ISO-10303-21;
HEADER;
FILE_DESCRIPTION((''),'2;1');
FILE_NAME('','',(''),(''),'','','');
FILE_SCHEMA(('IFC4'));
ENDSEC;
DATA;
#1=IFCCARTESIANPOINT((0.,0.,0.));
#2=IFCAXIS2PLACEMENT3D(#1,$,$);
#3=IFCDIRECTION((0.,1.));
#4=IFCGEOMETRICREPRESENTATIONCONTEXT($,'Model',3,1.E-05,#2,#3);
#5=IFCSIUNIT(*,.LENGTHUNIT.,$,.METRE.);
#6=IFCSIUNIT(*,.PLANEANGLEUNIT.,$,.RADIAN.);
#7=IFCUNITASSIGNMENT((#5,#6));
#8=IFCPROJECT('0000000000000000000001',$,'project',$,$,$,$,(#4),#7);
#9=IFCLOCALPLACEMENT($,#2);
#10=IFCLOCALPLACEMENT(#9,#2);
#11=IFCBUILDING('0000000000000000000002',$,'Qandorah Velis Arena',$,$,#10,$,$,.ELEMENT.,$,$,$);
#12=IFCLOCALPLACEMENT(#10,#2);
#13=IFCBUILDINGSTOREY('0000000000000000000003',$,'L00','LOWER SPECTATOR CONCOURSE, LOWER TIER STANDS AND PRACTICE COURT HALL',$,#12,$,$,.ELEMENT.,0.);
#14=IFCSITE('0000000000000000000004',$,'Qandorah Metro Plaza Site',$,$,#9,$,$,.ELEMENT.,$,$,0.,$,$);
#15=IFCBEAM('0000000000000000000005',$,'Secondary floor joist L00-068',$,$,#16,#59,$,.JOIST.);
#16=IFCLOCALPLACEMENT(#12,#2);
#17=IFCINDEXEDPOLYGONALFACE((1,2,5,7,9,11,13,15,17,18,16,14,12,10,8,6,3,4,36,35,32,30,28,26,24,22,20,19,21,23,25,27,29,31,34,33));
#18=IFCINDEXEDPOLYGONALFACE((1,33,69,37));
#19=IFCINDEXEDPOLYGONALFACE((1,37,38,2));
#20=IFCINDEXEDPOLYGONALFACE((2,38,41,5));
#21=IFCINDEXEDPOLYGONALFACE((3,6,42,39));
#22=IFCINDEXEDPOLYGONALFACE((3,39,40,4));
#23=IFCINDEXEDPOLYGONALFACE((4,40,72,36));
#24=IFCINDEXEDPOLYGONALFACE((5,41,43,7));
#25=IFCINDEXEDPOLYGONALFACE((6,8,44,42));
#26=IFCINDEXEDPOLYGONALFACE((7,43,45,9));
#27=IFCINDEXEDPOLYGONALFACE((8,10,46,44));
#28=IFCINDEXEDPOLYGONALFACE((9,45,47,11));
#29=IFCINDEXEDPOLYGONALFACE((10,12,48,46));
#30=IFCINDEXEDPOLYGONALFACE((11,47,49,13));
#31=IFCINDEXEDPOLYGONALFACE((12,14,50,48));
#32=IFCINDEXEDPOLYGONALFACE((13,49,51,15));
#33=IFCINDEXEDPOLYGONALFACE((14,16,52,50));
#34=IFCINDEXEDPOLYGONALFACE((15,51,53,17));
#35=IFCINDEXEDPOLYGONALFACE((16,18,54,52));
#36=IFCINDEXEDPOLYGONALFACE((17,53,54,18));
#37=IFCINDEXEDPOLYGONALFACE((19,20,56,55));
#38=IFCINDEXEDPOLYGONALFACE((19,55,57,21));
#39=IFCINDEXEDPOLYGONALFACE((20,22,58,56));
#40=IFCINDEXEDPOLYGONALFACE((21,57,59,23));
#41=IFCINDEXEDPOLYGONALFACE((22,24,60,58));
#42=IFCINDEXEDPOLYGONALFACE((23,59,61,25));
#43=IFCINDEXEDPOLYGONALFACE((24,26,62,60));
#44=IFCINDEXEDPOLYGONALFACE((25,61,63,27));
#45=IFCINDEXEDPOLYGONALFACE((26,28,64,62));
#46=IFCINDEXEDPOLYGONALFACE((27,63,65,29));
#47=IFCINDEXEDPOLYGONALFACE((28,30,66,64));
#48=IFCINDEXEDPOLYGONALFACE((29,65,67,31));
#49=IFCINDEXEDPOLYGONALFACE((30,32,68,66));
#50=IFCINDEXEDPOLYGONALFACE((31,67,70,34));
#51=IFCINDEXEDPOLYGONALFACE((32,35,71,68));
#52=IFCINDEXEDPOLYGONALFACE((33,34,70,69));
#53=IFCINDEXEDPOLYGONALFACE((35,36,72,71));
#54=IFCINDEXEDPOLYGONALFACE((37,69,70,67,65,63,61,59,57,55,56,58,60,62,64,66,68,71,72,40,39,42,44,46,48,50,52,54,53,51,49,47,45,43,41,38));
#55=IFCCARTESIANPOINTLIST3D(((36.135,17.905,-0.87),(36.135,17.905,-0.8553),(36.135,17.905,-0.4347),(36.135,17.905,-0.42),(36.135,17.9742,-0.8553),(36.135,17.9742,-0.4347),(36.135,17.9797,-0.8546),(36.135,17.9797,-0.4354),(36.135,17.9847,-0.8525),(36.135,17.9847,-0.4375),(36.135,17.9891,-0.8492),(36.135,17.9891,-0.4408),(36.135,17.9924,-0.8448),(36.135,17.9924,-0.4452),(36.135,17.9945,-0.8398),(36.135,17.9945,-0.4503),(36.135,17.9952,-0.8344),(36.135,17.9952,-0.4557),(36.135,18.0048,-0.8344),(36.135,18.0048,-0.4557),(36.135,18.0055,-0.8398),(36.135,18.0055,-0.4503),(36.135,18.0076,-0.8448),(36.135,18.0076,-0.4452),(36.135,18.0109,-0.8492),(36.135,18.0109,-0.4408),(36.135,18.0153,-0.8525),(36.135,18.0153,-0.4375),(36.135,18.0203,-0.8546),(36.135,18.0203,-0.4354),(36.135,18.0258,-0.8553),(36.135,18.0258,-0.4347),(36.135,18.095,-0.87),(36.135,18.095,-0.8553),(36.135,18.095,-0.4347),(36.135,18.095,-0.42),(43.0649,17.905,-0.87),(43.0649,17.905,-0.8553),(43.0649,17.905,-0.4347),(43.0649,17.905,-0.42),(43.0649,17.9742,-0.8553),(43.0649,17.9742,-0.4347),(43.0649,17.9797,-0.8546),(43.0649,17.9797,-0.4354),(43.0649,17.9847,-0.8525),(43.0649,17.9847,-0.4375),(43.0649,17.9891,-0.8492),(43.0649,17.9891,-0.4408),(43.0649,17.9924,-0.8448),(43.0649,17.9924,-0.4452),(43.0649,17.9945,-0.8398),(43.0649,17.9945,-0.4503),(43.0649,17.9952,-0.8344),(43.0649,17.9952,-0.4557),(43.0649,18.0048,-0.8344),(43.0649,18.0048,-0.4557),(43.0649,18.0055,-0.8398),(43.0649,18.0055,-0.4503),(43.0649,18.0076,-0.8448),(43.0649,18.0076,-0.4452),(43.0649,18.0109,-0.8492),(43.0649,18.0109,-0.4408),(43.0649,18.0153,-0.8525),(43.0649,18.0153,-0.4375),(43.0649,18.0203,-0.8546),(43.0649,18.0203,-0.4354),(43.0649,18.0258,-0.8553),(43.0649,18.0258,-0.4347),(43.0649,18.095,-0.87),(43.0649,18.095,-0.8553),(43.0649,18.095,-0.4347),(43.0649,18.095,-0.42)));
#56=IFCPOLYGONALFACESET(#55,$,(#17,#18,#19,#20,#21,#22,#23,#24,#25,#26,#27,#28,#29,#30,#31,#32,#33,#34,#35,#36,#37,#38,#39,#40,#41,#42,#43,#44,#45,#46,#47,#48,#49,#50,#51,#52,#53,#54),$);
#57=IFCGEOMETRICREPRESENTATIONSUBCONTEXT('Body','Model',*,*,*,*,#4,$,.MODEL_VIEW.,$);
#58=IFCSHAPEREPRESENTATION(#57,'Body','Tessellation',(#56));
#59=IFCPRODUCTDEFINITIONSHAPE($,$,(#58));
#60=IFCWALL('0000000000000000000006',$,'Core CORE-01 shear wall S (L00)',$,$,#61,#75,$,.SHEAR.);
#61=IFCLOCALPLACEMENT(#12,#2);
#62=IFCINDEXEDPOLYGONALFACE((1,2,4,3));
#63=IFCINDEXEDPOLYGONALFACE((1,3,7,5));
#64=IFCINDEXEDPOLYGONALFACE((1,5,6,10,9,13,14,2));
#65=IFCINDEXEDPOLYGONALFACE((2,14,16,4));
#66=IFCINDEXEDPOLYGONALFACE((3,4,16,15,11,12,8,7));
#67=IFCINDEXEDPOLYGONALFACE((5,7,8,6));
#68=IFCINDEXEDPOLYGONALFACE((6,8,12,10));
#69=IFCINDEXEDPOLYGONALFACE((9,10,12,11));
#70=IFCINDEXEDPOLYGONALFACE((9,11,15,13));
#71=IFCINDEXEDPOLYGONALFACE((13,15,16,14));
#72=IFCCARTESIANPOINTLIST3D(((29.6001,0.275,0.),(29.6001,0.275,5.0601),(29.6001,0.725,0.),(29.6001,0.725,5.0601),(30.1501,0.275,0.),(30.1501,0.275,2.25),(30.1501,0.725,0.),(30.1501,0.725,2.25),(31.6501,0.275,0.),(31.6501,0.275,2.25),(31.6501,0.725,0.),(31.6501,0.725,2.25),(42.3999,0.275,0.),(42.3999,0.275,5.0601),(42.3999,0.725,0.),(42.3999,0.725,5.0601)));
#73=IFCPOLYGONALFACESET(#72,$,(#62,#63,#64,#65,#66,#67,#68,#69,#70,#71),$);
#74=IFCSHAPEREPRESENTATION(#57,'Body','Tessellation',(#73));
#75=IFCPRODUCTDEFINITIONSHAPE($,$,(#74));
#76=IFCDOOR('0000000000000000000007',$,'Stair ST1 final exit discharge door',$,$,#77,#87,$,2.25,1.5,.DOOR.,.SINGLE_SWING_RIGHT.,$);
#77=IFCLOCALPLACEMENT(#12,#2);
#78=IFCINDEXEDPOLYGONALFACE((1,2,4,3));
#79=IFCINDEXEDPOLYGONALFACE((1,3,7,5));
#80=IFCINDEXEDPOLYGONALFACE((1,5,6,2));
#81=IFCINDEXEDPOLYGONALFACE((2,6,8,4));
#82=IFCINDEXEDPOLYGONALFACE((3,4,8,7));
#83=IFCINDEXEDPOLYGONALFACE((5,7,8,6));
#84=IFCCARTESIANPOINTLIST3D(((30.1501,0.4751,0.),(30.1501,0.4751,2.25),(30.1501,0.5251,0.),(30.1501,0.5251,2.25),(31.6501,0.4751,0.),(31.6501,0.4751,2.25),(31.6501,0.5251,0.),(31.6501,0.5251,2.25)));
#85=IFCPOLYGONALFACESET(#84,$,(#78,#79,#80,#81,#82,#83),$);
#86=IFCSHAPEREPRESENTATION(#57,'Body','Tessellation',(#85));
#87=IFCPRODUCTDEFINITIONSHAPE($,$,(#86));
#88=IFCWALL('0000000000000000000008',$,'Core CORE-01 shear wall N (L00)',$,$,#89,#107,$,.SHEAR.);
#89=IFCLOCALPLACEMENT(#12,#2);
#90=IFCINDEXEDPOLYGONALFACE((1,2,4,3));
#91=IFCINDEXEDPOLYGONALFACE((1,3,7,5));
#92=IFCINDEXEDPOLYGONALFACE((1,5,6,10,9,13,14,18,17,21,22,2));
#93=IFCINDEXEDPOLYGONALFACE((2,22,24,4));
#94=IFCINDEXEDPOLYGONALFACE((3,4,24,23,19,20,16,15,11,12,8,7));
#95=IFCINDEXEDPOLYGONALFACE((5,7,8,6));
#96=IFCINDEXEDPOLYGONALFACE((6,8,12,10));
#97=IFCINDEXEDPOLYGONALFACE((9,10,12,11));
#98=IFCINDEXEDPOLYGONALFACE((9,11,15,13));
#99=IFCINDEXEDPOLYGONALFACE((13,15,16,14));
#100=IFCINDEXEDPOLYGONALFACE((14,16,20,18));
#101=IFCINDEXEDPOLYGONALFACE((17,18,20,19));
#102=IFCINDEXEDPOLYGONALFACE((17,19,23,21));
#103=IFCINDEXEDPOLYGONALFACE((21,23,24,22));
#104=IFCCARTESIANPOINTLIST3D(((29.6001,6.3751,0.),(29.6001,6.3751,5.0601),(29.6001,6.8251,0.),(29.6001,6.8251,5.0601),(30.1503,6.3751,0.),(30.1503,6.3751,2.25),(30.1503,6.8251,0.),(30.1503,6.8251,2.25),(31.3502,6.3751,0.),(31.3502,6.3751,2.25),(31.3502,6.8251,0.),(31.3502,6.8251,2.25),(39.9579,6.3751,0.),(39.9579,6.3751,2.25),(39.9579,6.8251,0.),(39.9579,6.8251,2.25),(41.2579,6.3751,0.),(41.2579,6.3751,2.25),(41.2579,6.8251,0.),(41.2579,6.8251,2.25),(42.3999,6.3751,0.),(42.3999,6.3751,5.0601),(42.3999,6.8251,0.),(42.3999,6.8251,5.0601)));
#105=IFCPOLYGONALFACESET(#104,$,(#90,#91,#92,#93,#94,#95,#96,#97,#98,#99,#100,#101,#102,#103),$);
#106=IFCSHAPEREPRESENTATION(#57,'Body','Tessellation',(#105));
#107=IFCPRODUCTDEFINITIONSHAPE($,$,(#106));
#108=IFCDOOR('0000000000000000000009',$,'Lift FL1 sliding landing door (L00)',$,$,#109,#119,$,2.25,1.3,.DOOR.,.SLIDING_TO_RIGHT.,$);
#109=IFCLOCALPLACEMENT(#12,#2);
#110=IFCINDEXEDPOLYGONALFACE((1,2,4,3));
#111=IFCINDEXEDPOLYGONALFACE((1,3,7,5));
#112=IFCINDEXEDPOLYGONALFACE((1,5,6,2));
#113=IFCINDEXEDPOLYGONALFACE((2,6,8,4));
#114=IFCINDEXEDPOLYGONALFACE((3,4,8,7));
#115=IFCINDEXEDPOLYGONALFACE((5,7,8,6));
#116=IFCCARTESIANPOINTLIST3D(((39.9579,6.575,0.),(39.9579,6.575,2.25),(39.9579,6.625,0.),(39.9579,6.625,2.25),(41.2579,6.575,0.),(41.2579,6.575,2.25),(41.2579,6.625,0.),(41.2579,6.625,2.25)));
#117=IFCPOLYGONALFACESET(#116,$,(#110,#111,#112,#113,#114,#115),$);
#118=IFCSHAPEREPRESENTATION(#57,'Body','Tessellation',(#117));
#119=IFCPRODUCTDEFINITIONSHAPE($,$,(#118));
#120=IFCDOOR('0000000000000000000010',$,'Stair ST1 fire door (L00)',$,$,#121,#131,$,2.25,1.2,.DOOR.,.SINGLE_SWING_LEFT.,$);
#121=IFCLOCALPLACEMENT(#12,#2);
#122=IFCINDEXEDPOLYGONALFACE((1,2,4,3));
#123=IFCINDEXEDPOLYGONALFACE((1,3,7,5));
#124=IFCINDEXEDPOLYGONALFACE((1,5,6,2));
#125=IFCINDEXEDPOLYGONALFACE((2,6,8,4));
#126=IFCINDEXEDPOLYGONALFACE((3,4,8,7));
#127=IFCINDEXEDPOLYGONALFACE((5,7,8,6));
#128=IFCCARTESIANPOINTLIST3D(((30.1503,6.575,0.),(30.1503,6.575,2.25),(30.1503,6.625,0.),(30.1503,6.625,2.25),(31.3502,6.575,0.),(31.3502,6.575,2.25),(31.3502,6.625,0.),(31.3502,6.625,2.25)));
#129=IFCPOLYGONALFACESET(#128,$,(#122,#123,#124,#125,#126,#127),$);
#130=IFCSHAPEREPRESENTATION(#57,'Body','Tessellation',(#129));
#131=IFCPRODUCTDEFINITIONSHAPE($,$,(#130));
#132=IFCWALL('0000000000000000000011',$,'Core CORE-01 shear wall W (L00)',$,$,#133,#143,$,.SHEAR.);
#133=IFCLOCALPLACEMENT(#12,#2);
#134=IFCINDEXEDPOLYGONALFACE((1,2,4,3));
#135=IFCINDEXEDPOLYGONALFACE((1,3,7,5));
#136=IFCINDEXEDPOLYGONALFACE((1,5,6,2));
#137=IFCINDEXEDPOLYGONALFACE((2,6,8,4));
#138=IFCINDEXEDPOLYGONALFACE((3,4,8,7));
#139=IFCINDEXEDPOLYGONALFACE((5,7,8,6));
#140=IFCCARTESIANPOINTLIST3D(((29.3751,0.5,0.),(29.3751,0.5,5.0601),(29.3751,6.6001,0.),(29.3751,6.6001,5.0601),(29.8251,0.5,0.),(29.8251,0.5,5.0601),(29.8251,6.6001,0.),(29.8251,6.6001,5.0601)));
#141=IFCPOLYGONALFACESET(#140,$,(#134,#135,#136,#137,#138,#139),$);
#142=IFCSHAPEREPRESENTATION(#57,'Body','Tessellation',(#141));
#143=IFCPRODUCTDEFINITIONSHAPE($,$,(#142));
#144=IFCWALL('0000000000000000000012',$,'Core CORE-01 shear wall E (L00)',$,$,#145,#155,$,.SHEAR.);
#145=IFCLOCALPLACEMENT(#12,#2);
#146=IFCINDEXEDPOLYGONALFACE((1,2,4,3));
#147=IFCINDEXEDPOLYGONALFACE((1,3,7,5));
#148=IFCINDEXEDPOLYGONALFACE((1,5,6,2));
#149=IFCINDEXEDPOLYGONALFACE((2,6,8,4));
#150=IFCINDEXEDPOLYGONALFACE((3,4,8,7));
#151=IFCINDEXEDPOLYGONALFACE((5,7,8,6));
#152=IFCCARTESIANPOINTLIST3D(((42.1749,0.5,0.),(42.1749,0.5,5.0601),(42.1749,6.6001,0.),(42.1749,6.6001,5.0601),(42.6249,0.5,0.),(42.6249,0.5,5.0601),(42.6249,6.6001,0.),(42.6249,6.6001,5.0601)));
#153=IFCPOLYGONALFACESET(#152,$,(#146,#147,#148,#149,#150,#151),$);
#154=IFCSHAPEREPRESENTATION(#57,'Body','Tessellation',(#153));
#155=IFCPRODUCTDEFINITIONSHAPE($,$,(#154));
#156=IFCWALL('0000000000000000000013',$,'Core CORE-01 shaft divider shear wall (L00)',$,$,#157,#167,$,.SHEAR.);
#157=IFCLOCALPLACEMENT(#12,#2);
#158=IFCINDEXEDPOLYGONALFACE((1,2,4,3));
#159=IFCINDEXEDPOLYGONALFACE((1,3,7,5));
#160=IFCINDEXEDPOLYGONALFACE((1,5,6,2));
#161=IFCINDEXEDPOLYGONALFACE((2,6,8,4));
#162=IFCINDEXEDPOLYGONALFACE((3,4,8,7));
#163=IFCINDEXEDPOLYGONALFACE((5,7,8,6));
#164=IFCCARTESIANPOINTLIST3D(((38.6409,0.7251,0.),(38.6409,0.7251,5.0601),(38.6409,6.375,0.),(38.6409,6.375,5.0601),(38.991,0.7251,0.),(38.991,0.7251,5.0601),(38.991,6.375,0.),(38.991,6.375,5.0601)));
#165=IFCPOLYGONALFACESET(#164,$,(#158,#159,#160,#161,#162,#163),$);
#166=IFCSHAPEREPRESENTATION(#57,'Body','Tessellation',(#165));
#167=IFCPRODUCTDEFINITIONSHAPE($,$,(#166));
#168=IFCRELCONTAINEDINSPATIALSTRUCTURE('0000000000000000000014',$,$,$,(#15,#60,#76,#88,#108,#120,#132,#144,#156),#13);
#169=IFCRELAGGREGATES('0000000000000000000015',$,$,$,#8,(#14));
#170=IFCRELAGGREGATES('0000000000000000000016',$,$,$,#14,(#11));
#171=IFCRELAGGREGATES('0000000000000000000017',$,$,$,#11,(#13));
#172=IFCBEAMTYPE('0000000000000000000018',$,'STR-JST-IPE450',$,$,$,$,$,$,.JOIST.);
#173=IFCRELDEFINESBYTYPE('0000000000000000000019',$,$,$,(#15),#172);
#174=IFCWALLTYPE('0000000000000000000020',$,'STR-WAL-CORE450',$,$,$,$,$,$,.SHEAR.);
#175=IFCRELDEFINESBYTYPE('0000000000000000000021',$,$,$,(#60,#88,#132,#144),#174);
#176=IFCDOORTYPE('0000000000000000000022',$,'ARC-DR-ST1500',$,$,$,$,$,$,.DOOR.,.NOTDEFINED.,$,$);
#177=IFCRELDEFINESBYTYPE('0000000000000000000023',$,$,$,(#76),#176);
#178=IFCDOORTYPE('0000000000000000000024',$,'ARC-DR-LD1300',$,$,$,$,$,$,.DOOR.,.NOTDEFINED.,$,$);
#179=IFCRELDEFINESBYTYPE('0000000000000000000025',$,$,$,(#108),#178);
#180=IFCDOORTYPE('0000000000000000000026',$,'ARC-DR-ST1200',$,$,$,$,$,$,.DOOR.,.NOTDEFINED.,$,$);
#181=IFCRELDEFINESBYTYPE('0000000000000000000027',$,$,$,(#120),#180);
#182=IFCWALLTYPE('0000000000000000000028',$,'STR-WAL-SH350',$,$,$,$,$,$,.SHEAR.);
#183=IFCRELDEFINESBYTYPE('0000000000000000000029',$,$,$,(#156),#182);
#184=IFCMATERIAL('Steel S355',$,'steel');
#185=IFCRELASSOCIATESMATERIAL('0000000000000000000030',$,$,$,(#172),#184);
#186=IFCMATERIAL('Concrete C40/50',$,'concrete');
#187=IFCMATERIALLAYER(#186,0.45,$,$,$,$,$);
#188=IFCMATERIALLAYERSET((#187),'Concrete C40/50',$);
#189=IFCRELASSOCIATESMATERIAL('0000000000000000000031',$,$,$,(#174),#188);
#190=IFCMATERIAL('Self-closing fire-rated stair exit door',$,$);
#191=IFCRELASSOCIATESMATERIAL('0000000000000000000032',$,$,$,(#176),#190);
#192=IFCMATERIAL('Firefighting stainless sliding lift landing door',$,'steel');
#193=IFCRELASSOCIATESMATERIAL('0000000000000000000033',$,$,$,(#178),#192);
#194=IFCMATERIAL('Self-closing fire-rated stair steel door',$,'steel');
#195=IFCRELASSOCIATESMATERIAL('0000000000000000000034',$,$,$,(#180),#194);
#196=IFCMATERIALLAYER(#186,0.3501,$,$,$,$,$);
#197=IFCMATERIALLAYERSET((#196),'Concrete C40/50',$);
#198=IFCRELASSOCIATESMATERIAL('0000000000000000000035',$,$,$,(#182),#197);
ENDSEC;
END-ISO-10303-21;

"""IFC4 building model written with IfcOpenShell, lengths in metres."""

from ifc_helpers import new_model, si_unit, direction, frame, frame_2d, origin, origin_2d, place, context, subcontext, project, spatial, rectangle, i_section, extrude, material, layer, layer_set, material_profile, profile_set, type_object, element, fill, save


model = new_model("IFC4")

# Units and contexts
model_context = context("Model", 3, precision=1e-05, world=origin(), true_north=direction((0.0, 1.0)))
body_context = subcontext(model_context, "Body", "Model", "MODEL_VIEW")
ifc_project = project(units=[si_unit("LENGTHUNIT", "METRE"), si_unit("PLANEANGLEUNIT", "RADIAN")], contexts=[model_context])

# Site, building, storey
site_placement = place(None, origin())
site = spatial("IfcSite", under=ifc_project, at=site_placement, Name="Qandorah Metro Plaza Site", CompositionType="ELEMENT", RefElevation=0.0)
building_placement = place(site_placement, origin())
building = spatial("IfcBuilding", under=site, at=building_placement, Name="Qandorah Velis Arena", CompositionType="ELEMENT")
storey_placement = place(building_placement, origin())
storey = spatial("IfcBuildingStorey", under=building, at=storey_placement, Name="L00", Description="LOWER SPECTATOR CONCOURSE, LOWER TIER STANDS AND PRACTICE COURT HALL", CompositionType="ELEMENT", Elevation=0.0)

# Shared definitions
ifc_material_1 = material(Name="Concrete C40/50", Category="concrete")

# Beam
ifc_material_2 = material(Name="Steel S355", Category="steel")
ifc_material_profile_1 = material_profile(ifc_material_2, i_section(OverallWidth=0.1899, OverallDepth=0.45, WebThickness=0.0095, FlangeThickness=0.0146, FilletRadius=0.021, at=origin_2d()), Name="IPE 450")
ifc_profile_set_1 = profile_set([ifc_material_profile_1], Name="Steel S355")
beam_type_1 = type_object("IfcBeamType", Name="STR-JST-IPE450", PredefinedType="JOIST", material=ifc_profile_set_1)
for number, where, z_axis, x_axis, name in (
    (1, (36.135, 18.0, -0.645), (1.0, 0.0, 0.0), (0.0, 1.0, 0.0), "Secondary floor joist L00-068"),
):
    element("IfcBeam", number, at=place(storey_placement, frame(where, z_axis=z_axis, x_axis=x_axis)), inside=storey, type_object=beam_type_1, Name=name, PredefinedType="JOIST", context=body_context, shape_type="SweptSolid", body=[
        extrude(i_section(OverallWidth=0.1899, OverallDepth=0.45, WebThickness=0.0095, FlangeThickness=0.0146, FilletRadius=0.021, at=origin_2d()), origin(), (0.0, 0.0, 1.0), 6.9299),
    ])

# Wall, opening, door
ifc_layer_1 = layer(ifc_material_1, 0.45)
ifc_layer_set_1 = layer_set([ifc_layer_1], Name="Concrete C40/50")
wall_type_1 = type_object("IfcWallType", Name="STR-WAL-CORE450", PredefinedType="SHEAR", material=ifc_layer_set_1)
wall_1_placement = place(storey_placement, frame((29.6001, 0.5, 0.0), z_axis=(0.0, 0.0, 1.0), x_axis=(1.0, 0.0, 0.0)))
wall_1 = element("IfcWall", 2, at=wall_1_placement, inside=storey, type_object=wall_type_1, Name="Core CORE-01 shear wall S (L00)", PredefinedType="SHEAR", context=body_context, shape_type="SweptSolid", body=[
    extrude(rectangle(XDim=12.7998, YDim=0.45, at=frame_2d((6.3999, 0.0))), origin(), (0.0, 0.0, 1.0), 5.0601),
])
opening_1_placement = place(wall_1_placement, frame((0.55, 0.0, 0.0)))
opening_1 = element("IfcOpeningElement", 3, at=opening_1_placement, cuts=wall_1, PredefinedType="OPENING", context=body_context, shape_type="SweptSolid", body=[
    extrude(rectangle(XDim=1.5, YDim=2.25, at=frame_2d((0.75, 1.125))), frame((0.0, 0.2349, 0.0), z_axis=(0.0, -1.0, 0.0), x_axis=(1.0, 0.0, 0.0)), (0.0, 0.0, 1.0), 0.47),
])
ifc_material_3 = material(Name="Self-closing fire-rated stair exit door")
door_type_1 = type_object("IfcDoorType", Name="ARC-DR-ST1500", OperationType="NOTDEFINED", PredefinedType="DOOR", material=ifc_material_3)
door_1_placement = place(opening_1_placement, frame((1.5, 0.0, 0.0), z_axis=(0.0, 0.0, 1.0), x_axis=(-1.0, 0.0, 0.0)))
door_1 = element("IfcDoor", 4, at=door_1_placement, inside=storey, type_object=door_type_1, Name="Stair ST1 final exit discharge door", OperationType="SINGLE_SWING_RIGHT", OverallHeight=2.25, OverallWidth=1.5, PredefinedType="DOOR", context=body_context, shape_type="SweptSolid", body=[
    extrude(rectangle(XDim=1.5, YDim=2.25, at=frame_2d((0.75, 1.125))), frame((0.0, 0.0249, 0.0), z_axis=(0.0, -1.0, 0.0), x_axis=(1.0, 0.0, 0.0)), (0.0, 0.0, 1.0), 0.05),
])
fill(opening_1, door_1)

# Wall, openings, doors
wall_2_placement = place(storey_placement, frame((29.6001, 6.6001, 0.0), z_axis=(0.0, 0.0, 1.0), x_axis=(1.0, 0.0, 0.0)))
wall_2 = element("IfcWall", 5, at=wall_2_placement, inside=storey, type_object=wall_type_1, Name="Core CORE-01 shear wall N (L00)", PredefinedType="SHEAR", context=body_context, shape_type="SweptSolid", body=[
    extrude(rectangle(XDim=12.7998, YDim=0.45, at=frame_2d((6.3999, 0.0))), origin(), (0.0, 0.0, 1.0), 5.0601),
])
opening_2_placement = place(wall_2_placement, frame((0.55, 0.0, 0.0)))
opening_2 = element("IfcOpeningElement", 6, at=opening_2_placement, cuts=wall_2, PredefinedType="OPENING", context=body_context, shape_type="SweptSolid", body=[
    extrude(rectangle(XDim=1.2, YDim=2.25, at=frame_2d((0.6001, 1.125))), frame((0.0, 0.2349, 0.0), z_axis=(0.0, -1.0, 0.0), x_axis=(1.0, 0.0, 0.0)), (0.0, 0.0, 1.0), 0.47),
])
opening_3_placement = place(wall_2_placement, frame((10.3579, 0.0, 0.0)))
opening_3 = element("IfcOpeningElement", 7, at=opening_3_placement, cuts=wall_2, PredefinedType="OPENING", context=body_context, shape_type="SweptSolid", body=[
    extrude(rectangle(XDim=1.3, YDim=2.25, at=frame_2d((0.6499, 1.125))), frame((0.0, 0.2349, 0.0), z_axis=(0.0, -1.0, 0.0), x_axis=(1.0, 0.0, 0.0)), (0.0, 0.0, 1.0), 0.47),
])
ifc_material_4 = material(Name="Firefighting stainless sliding lift landing door", Category="steel")
door_type_2 = type_object("IfcDoorType", Name="ARC-DR-LD1300", OperationType="NOTDEFINED", PredefinedType="DOOR", material=ifc_material_4)
door_2_placement = place(opening_3_placement, origin())
door_2 = element("IfcDoor", 8, at=door_2_placement, inside=storey, type_object=door_type_2, Name="Lift FL1 sliding landing door (L00)", OperationType="SLIDING_TO_RIGHT", OverallHeight=2.25, OverallWidth=1.3, PredefinedType="DOOR", context=body_context, shape_type="SweptSolid", body=[
    extrude(rectangle(XDim=1.3, YDim=2.25, at=frame_2d((0.6499, 1.125))), frame((0.0, 0.0249, 0.0), z_axis=(0.0, -1.0, 0.0), x_axis=(1.0, 0.0, 0.0)), (0.0, 0.0, 1.0), 0.05),
])
fill(opening_3, door_2)
ifc_material_5 = material(Name="Self-closing fire-rated stair steel door", Category="steel")
door_type_3 = type_object("IfcDoorType", Name="ARC-DR-ST1200", OperationType="NOTDEFINED", PredefinedType="DOOR", material=ifc_material_5)
door_3_placement = place(opening_2_placement, origin())
door_3 = element("IfcDoor", 9, at=door_3_placement, inside=storey, type_object=door_type_3, Name="Stair ST1 fire door (L00)", OperationType="SINGLE_SWING_LEFT", OverallHeight=2.25, OverallWidth=1.2, PredefinedType="DOOR", context=body_context, shape_type="SweptSolid", body=[
    extrude(rectangle(XDim=1.2, YDim=2.25, at=frame_2d((0.6001, 1.125))), frame((0.0, 0.0249, 0.0), z_axis=(0.0, -1.0, 0.0), x_axis=(1.0, 0.0, 0.0)), (0.0, 0.0, 1.0), 0.05),
])
fill(opening_2, door_3)

# Walls
for number, where, z_axis, x_axis, name in (
    (10, (29.6001, 0.5, 0.0), (0.0, 0.0, 1.0), (0.0, 1.0, 0.0), "Core CORE-01 shear wall W (L00)"),
    (11, (42.3999, 0.5, 0.0), (0.0, 0.0, 1.0), (0.0, 1.0, 0.0), "Core CORE-01 shear wall E (L00)"),
):
    element("IfcWall", number, at=place(storey_placement, frame(where, z_axis=z_axis, x_axis=x_axis)), inside=storey, type_object=wall_type_1, Name=name, PredefinedType="SHEAR", context=body_context, shape_type="SweptSolid", body=[
        extrude(rectangle(XDim=6.1001, YDim=0.45, at=frame_2d((3.05, 0.0))), origin(), (0.0, 0.0, 1.0), 5.0601),
    ])
ifc_layer_2 = layer(ifc_material_1, 0.3501)
ifc_layer_set_2 = layer_set([ifc_layer_2], Name="Concrete C40/50")
wall_type_2 = type_object("IfcWallType", Name="STR-WAL-SH350", PredefinedType="SHEAR", material=ifc_layer_set_2)
wall_3_placement = place(storey_placement, frame((38.8159, 0.7251, 0.0), z_axis=(0.0, 0.0, 1.0), x_axis=(0.0, 1.0, 0.0)))
element("IfcWall", 12, at=wall_3_placement, inside=storey, type_object=wall_type_2, Name="Core CORE-01 shaft divider shear wall (L00)", PredefinedType="SHEAR", context=body_context, shape_type="SweptSolid", body=[
    extrude(rectangle(XDim=5.6499, YDim=0.3501, at=frame_2d((2.825, 0.0))), origin(), (0.0, 0.0, 1.0), 5.0601),
])

save(model, "model.ifc")
